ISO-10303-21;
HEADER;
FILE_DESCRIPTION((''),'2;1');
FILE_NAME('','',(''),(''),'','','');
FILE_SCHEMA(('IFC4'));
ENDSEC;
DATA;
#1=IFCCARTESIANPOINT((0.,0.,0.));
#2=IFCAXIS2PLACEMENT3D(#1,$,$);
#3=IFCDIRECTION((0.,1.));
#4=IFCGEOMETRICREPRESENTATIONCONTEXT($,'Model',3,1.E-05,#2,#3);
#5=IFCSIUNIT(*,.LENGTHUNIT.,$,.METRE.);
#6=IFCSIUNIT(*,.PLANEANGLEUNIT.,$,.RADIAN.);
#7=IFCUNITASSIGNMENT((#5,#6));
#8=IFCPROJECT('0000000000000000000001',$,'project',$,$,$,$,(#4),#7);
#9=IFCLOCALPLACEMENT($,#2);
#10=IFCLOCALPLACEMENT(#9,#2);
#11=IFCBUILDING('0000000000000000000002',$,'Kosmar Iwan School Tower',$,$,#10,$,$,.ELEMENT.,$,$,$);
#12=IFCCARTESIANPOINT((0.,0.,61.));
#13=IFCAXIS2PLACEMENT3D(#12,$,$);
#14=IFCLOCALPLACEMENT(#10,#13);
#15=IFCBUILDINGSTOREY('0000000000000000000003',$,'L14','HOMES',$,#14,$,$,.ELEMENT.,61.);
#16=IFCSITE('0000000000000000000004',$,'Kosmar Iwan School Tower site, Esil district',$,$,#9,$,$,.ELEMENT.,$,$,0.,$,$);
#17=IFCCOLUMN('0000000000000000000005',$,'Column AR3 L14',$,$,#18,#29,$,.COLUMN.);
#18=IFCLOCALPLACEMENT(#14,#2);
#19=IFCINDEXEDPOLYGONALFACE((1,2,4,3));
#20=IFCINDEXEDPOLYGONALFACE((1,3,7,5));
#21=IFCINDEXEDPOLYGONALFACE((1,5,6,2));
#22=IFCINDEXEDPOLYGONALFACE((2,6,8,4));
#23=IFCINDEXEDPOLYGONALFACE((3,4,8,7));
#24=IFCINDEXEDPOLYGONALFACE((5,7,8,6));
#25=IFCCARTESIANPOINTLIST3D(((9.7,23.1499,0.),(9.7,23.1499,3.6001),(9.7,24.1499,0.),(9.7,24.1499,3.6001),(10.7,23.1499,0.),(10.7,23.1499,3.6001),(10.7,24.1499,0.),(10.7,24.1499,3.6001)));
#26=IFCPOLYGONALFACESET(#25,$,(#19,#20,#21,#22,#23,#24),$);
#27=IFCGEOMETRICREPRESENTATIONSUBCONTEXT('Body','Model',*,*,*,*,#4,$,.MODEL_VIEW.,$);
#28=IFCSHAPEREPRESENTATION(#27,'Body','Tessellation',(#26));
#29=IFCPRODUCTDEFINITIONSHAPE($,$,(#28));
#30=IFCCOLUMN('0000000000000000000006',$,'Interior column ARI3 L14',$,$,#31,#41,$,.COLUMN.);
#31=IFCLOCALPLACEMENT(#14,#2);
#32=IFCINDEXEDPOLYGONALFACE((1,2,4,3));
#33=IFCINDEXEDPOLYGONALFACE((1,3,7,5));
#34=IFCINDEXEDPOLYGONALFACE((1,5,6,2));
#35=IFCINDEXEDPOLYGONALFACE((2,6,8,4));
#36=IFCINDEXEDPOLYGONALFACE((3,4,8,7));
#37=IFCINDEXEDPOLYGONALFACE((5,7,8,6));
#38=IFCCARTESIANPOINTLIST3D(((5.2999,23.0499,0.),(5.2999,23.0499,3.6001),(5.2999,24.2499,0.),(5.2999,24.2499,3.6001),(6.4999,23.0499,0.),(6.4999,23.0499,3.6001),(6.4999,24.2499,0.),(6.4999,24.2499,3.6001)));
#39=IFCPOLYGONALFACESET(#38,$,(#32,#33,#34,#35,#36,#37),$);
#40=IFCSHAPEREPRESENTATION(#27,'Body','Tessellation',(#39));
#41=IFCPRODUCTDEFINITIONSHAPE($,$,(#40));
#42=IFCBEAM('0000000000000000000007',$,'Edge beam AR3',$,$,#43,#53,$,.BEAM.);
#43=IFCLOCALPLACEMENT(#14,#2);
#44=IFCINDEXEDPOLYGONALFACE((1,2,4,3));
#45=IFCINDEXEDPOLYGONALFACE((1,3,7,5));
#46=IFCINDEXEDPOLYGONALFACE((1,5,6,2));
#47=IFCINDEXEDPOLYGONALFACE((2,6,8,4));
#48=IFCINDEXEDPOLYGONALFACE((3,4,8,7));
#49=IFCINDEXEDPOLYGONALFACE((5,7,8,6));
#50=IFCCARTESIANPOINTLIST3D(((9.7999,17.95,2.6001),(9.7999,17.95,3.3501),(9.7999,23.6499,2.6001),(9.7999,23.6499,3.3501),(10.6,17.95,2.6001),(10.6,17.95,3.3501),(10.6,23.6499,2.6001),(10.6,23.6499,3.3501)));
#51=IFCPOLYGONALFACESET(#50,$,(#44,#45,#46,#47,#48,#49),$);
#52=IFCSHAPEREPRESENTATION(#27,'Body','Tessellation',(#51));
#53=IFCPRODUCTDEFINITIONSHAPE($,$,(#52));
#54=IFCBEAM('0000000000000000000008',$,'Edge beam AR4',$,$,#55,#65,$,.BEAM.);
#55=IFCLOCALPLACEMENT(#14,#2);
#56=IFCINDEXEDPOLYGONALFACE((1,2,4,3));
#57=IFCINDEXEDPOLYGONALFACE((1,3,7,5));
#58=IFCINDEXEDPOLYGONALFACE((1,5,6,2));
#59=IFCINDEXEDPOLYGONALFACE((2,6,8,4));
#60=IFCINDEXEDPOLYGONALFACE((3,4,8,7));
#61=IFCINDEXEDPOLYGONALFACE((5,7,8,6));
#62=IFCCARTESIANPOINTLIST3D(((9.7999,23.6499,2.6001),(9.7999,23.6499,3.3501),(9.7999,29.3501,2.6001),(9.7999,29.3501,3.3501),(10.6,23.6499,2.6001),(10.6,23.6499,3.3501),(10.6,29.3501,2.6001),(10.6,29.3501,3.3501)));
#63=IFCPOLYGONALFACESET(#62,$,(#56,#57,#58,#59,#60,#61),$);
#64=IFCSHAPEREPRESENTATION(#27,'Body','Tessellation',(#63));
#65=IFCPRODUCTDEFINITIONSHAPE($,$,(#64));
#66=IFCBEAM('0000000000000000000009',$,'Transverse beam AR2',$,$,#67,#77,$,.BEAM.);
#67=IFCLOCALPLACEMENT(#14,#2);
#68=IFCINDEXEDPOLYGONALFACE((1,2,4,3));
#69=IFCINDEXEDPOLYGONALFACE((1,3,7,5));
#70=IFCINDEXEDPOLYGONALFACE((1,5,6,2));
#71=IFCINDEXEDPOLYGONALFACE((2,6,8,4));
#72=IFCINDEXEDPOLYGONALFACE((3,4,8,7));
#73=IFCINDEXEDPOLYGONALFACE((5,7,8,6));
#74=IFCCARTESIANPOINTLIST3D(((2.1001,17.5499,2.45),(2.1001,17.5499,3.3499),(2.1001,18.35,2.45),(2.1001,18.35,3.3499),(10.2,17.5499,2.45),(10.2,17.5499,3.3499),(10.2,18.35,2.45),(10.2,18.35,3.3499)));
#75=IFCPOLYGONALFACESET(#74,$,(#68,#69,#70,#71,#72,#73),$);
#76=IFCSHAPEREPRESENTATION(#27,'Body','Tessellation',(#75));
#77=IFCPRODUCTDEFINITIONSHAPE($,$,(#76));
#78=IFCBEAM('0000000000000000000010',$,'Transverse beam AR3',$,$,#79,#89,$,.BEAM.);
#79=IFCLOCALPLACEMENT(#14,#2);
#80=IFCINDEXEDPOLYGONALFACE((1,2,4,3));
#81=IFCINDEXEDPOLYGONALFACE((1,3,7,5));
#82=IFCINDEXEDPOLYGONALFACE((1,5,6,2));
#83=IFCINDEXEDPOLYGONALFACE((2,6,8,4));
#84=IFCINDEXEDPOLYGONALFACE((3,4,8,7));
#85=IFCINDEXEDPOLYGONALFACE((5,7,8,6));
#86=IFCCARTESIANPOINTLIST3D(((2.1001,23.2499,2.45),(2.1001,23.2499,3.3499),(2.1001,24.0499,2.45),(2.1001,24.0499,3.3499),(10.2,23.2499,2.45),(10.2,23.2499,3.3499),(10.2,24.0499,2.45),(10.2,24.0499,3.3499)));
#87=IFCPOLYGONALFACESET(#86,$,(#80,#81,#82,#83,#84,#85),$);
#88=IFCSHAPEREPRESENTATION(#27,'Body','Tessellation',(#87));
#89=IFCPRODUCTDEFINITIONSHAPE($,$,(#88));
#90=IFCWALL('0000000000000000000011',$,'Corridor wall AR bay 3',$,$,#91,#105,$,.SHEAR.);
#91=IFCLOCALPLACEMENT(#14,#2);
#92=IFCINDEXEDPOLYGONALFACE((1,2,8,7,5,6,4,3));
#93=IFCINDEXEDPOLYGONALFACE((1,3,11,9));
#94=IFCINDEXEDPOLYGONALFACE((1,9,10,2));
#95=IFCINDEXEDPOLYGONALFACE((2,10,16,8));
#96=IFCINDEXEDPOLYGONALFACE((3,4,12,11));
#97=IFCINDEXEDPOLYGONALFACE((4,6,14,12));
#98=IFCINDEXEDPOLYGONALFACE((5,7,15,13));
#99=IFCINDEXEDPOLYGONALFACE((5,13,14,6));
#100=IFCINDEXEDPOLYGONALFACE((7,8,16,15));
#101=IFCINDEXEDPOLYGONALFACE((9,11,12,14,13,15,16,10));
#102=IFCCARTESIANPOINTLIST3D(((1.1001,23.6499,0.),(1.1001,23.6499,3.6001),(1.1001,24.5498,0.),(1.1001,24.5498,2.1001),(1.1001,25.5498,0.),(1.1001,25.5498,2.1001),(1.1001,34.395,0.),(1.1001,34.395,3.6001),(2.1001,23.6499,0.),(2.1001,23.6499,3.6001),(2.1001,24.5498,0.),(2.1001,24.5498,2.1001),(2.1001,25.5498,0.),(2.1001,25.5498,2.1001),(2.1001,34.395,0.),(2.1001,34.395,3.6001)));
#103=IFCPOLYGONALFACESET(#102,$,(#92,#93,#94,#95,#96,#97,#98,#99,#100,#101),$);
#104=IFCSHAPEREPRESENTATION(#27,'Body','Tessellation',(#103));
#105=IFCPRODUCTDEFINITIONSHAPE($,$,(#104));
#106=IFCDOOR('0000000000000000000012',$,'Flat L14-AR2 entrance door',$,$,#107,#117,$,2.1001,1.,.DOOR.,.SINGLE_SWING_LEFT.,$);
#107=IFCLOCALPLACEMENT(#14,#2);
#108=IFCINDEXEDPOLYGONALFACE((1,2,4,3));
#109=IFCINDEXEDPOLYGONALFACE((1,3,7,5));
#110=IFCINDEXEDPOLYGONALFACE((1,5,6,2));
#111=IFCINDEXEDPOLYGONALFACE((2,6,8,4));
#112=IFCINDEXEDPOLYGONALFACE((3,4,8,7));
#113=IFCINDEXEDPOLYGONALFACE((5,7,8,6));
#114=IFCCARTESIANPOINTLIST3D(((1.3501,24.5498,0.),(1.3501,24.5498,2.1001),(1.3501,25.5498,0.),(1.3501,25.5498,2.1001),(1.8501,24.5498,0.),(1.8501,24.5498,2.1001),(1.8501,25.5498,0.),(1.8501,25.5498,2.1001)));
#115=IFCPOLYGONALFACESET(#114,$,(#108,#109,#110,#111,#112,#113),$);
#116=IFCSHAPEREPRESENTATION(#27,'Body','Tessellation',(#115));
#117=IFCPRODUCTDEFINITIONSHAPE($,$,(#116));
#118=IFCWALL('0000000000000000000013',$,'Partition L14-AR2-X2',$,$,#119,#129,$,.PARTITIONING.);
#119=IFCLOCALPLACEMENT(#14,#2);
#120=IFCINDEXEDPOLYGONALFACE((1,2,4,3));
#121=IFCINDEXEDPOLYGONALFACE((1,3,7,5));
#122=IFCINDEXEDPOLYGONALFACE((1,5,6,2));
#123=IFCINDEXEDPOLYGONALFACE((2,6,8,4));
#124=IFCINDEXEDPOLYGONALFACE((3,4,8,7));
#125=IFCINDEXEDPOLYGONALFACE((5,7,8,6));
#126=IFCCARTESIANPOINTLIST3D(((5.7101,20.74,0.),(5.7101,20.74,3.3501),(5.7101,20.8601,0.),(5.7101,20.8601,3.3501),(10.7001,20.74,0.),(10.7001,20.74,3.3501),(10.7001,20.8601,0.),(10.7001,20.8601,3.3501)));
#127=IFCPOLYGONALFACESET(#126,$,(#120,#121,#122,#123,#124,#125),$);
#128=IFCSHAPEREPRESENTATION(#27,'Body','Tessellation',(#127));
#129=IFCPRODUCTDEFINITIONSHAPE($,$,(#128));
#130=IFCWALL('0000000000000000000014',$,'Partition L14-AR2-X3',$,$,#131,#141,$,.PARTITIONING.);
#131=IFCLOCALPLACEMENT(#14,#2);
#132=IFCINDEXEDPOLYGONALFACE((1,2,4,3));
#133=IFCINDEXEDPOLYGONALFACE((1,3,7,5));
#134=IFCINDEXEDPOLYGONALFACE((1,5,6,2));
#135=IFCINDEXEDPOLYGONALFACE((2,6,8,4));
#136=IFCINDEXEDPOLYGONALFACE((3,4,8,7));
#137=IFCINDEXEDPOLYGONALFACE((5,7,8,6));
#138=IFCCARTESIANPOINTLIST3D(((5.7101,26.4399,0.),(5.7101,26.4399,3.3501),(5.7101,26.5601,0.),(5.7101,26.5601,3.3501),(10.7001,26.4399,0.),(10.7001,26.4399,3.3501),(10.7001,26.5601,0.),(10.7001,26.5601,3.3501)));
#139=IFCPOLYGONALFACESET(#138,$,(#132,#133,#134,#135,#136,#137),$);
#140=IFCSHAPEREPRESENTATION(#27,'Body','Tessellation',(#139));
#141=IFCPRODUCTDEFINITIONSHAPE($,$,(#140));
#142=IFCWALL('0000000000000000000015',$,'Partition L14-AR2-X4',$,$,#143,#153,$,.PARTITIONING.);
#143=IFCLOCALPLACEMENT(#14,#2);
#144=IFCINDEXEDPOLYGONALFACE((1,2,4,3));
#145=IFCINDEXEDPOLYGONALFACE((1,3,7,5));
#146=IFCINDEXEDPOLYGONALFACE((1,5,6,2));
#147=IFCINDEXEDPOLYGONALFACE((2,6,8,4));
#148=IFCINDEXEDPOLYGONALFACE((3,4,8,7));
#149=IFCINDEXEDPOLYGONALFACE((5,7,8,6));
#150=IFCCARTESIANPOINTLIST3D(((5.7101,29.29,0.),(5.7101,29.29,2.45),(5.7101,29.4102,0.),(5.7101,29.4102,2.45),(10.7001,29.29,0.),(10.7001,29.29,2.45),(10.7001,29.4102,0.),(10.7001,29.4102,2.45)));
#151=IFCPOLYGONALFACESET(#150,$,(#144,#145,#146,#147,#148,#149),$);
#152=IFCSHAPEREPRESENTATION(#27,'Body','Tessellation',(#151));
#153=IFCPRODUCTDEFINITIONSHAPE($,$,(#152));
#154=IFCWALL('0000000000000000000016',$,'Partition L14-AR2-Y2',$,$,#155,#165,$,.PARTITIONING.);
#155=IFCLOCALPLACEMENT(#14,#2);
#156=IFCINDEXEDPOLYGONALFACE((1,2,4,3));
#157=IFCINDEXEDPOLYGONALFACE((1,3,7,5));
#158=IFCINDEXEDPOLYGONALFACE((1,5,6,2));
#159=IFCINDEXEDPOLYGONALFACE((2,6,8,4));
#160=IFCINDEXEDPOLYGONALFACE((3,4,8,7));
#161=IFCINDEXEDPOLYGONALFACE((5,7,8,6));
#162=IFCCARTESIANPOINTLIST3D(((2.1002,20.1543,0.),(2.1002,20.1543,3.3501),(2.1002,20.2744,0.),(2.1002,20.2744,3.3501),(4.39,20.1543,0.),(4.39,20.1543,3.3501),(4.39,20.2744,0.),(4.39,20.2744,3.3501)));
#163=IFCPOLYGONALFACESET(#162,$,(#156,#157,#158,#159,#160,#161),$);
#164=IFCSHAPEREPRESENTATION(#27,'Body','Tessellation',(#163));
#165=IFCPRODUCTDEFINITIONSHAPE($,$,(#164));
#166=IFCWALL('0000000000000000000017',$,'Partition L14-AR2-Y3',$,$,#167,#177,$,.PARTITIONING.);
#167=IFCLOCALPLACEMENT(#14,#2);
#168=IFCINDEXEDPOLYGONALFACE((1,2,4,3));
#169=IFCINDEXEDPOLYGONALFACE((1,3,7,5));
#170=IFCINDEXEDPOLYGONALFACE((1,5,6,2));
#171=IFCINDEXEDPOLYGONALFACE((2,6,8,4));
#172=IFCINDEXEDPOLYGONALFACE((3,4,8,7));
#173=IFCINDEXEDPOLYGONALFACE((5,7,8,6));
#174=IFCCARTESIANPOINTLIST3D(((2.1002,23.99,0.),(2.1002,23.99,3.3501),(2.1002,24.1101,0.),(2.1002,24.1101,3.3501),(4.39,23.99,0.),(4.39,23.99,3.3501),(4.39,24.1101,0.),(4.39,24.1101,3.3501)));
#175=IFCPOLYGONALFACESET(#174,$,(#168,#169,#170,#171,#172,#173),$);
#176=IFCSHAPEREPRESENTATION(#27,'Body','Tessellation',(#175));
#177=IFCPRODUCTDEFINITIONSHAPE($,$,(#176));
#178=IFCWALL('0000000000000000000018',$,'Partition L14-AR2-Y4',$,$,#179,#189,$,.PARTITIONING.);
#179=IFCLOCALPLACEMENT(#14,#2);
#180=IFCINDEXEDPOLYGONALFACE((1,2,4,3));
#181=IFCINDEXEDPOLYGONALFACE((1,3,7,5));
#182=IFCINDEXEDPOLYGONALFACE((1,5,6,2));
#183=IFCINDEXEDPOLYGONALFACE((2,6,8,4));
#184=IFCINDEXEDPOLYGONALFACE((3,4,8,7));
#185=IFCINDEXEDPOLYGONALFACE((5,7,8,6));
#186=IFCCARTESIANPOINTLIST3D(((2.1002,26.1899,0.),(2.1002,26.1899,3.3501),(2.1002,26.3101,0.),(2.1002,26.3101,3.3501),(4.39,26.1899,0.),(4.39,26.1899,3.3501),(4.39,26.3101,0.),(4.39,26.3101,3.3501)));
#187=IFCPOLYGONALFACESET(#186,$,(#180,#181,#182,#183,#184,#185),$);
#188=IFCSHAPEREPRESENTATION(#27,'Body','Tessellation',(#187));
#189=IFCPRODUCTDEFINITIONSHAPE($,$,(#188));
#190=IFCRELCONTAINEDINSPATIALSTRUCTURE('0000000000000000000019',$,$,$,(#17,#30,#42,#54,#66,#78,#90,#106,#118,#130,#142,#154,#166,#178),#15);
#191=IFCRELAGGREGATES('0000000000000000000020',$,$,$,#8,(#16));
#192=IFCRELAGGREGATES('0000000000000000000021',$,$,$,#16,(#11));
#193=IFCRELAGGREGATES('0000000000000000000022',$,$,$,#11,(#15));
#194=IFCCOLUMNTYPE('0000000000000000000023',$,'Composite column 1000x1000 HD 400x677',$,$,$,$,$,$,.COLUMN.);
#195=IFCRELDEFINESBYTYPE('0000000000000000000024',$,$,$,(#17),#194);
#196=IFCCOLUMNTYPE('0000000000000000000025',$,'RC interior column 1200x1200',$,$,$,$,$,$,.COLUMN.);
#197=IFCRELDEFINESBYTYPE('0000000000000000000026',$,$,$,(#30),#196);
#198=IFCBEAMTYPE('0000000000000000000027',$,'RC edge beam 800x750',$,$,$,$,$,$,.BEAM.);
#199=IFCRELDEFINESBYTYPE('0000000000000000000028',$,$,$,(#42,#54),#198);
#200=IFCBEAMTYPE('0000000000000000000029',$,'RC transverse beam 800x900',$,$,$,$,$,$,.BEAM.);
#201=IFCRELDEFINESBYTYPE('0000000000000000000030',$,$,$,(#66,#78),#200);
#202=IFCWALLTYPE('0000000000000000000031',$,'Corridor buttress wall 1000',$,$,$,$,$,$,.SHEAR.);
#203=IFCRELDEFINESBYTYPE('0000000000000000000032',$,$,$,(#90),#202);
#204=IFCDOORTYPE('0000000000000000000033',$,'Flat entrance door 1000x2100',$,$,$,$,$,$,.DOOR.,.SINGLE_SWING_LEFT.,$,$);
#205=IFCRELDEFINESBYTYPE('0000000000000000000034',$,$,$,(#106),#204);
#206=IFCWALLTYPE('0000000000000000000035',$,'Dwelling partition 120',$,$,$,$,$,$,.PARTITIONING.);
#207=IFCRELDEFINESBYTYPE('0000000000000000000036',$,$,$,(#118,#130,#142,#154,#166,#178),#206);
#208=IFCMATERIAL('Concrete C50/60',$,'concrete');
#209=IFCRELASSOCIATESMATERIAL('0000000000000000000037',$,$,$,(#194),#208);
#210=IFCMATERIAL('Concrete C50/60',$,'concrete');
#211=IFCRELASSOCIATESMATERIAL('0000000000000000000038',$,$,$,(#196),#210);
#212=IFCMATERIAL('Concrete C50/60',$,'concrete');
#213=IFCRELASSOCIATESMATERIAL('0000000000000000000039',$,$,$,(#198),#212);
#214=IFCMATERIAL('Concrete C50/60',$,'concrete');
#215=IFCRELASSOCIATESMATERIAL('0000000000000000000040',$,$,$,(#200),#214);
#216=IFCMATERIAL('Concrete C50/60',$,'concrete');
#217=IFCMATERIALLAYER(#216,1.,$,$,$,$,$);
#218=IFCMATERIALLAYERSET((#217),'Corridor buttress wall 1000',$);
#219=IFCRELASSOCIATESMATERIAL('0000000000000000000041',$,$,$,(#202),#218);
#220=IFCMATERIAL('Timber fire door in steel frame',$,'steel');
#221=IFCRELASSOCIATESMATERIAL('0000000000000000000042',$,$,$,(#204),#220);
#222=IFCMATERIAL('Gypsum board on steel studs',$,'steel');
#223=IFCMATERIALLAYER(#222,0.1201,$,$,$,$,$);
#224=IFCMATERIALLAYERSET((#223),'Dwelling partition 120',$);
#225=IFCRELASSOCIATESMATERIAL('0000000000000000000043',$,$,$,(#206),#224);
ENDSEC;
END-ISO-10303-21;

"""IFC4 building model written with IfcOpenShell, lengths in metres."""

from ifc_helpers import new_model, si_unit, direction, frame, frame_2d, origin, origin_2d, place, context, subcontext, project, spatial, rectangle, extrude, material, layer, layer_set, material_profile, profile_set, type_object, element, fill, save


model = new_model("IFC4")

# Units and contexts
model_context = context("Model", 3, precision=1e-05, world=origin(), true_north=direction((0.0, 1.0)))
body_context = subcontext(model_context, "Body", "Model", "MODEL_VIEW")
ifc_project = project(units=[si_unit("LENGTHUNIT", "METRE"), si_unit("PLANEANGLEUNIT", "RADIAN")], contexts=[model_context])

# Site, building, storey
site_placement = place(None, origin())
site = spatial("IfcSite", under=ifc_project, at=site_placement, Name="Kosmar Iwan School Tower site, Esil district", CompositionType="ELEMENT", RefElevation=0.0)
building_placement = place(site_placement, origin())
building = spatial("IfcBuilding", under=site, at=building_placement, Name="Kosmar Iwan School Tower", CompositionType="ELEMENT")
storey_placement = place(building_placement, frame((0.0, 0.0, 61.0)))
storey = spatial("IfcBuildingStorey", under=building, at=storey_placement, Name="L14", Description="HOMES", CompositionType="ELEMENT", Elevation=61.0)

# Columns
ifc_material_1 = material(Name="Concrete C50/60", Category="concrete")
ifc_material_profile_1 = material_profile(ifc_material_1, rectangle(XDim=1.0, YDim=1.0, at=origin_2d()), Name="RC 1000x1000 + HD 400x677")
ifc_profile_set_1 = profile_set([ifc_material_profile_1], Name="Concrete C50/60")
column_type_1 = type_object("IfcColumnType", Name="Composite column 1000x1000 HD 400x677", PredefinedType="COLUMN", material=ifc_profile_set_1)
column_1_placement = place(storey_placement, frame((10.2, 23.6499, 0.0), z_axis=(0.0, 0.0, 1.0), x_axis=(0.0, 1.0, 0.0)))
element("IfcColumn", 1, at=column_1_placement, inside=storey, type_object=column_type_1, Name="Column AR3 L14", PredefinedType="COLUMN", context=body_context, shape_type="SweptSolid", body=[
    extrude(rectangle(XDim=1.0, YDim=1.0, at=origin_2d()), origin(), (0.0, 0.0, 1.0), 3.6001),
])
ifc_material_2 = material(Name="Concrete C50/60", Category="concrete")
ifc_material_profile_2 = material_profile(ifc_material_2, rectangle(XDim=1.2, YDim=1.2, at=origin_2d()), Name="RC 1200x1200")
ifc_profile_set_2 = profile_set([ifc_material_profile_2], Name="Concrete C50/60")
column_type_2 = type_object("IfcColumnType", Name="RC interior column 1200x1200", PredefinedType="COLUMN", material=ifc_profile_set_2)
column_2_placement = place(storey_placement, frame((5.8999, 23.6499, 0.0), z_axis=(0.0, 0.0, 1.0), x_axis=(0.0, 1.0, 0.0)))
element("IfcColumn", 2, at=column_2_placement, inside=storey, type_object=column_type_2, Name="Interior column ARI3 L14", PredefinedType="COLUMN", context=body_context, shape_type="SweptSolid", body=[
    extrude(rectangle(XDim=1.2, YDim=1.2, at=origin_2d()), origin(), (0.0, 0.0, 1.0), 3.6001),
])

# Beams
ifc_material_3 = material(Name="Concrete C50/60", Category="concrete")
ifc_material_profile_3 = material_profile(ifc_material_3, rectangle(XDim=0.8, YDim=0.75, at=origin_2d()), Name="RC 800x750")
ifc_profile_set_3 = profile_set([ifc_material_profile_3], Name="Concrete C50/60")
beam_type_1 = type_object("IfcBeamType", Name="RC edge beam 800x750", PredefinedType="BEAM", material=ifc_profile_set_3)
beam_1_placement = place(storey_placement, frame((10.2, 17.95, 2.9751), z_axis=(0.0, 1.0, 0.0), x_axis=(-1.0, 0.0, 0.0)))
element("IfcBeam", 3, at=beam_1_placement, inside=storey, type_object=beam_type_1, Name="Edge beam AR3", PredefinedType="BEAM", context=body_context, shape_type="SweptSolid", body=[
    extrude(rectangle(XDim=0.8, YDim=0.75, at=origin_2d()), origin(), (0.0, 0.0, 1.0), 5.7),
])
beam_2_placement = place(storey_placement, frame((10.2, 23.6499, 2.9751), z_axis=(0.0, 1.0, 0.0), x_axis=(-1.0, 0.0, 0.0)))
element("IfcBeam", 4, at=beam_2_placement, inside=storey, type_object=beam_type_1, Name="Edge beam AR4", PredefinedType="BEAM", context=body_context, shape_type="SweptSolid", body=[
    extrude(rectangle(XDim=0.8, YDim=0.75, at=origin_2d()), origin(), (0.0, 0.0, 1.0), 5.7002),
])
ifc_material_4 = material(Name="Concrete C50/60", Category="concrete")
ifc_material_profile_4 = material_profile(ifc_material_4, rectangle(XDim=0.8, YDim=0.8999, at=origin_2d()), Name="RC 800x900")
ifc_profile_set_4 = profile_set([ifc_material_profile_4], Name="Concrete C50/60")
beam_type_2 = type_object("IfcBeamType", Name="RC transverse beam 800x900", PredefinedType="BEAM", material=ifc_profile_set_4)
for number, where, z_axis, x_axis, name in (
    (5, (10.2, 17.95, 2.8999), (-1.0, 0.0, 0.0), (0.0, -1.0, 0.0), "Transverse beam AR2"),
    (6, (10.2, 23.6499, 2.8999), (-1.0, 0.0, 0.0), (0.0, -1.0, 0.0), "Transverse beam AR3"),
):
    element("IfcBeam", number, at=place(storey_placement, frame(where, z_axis=z_axis, x_axis=x_axis)), inside=storey, type_object=beam_type_2, Name=name, PredefinedType="BEAM", context=body_context, shape_type="SweptSolid", body=[
        extrude(rectangle(XDim=0.8, YDim=0.8999, at=origin_2d()), origin(), (0.0, 0.0, 1.0), 8.0999),
    ])

# Wall, opening, door
ifc_material_5 = material(Name="Concrete C50/60", Category="concrete")
ifc_layer_1 = layer(ifc_material_5, 1.0)
ifc_layer_set_1 = layer_set([ifc_layer_1], Name="Corridor buttress wall 1000")
wall_type_1 = type_object("IfcWallType", Name="Corridor buttress wall 1000", PredefinedType="SHEAR", material=ifc_layer_set_1)
wall_1_placement = place(storey_placement, frame((1.6001, 23.6499, 0.0), z_axis=(0.0, 0.0, 1.0), x_axis=(0.0, 1.0, 0.0)))
wall_1 = element("IfcWall", 7, at=wall_1_placement, inside=storey, type_object=wall_type_1, Name="Corridor wall AR bay 3", PredefinedType="SHEAR", context=body_context, shape_type="SweptSolid", body=[
    extrude(rectangle(XDim=10.7451, YDim=1.0, at=frame_2d((5.3726, 0.0))), origin(), (0.0, 0.0, 1.0), 3.6001),
])
opening_placement = place(wall_1_placement, frame((0.8999, 0.0, 0.0)))
opening = element("IfcOpeningElement", 8, at=opening_placement, cuts=wall_1, PredefinedType="OPENING", context=body_context, shape_type="SweptSolid", body=[
    extrude(rectangle(XDim=1.0, YDim=2.1001, at=frame_2d((0.5, 1.05))), frame((0.0, 0.512, 0.0), z_axis=(0.0, -1.0, 0.0), x_axis=(1.0, 0.0, 0.0)), (0.0, 0.0, 1.0), 1.0239),
])
ifc_material_6 = material(Name="Timber fire door in steel frame", Category="steel")
door_type = type_object("IfcDoorType", Name="Flat entrance door 1000x2100", OperationType="SINGLE_SWING_LEFT", PredefinedType="DOOR", material=ifc_material_6)
door_placement = place(opening_placement, origin())
door = element("IfcDoor", 9, at=door_placement, inside=storey, type_object=door_type, Name="Flat L14-AR2 entrance door", OperationType="SINGLE_SWING_LEFT", OverallHeight=2.1001, OverallWidth=1.0, PredefinedType="DOOR", context=body_context, shape_type="SweptSolid", body=[
    extrude(rectangle(XDim=1.0, YDim=2.1001, at=frame_2d((0.5, 1.05))), frame((0.0, 0.25, 0.0), z_axis=(0.0, -1.0, 0.0), x_axis=(1.0, 0.0, 0.0)), (0.0, 0.0, 1.0), 0.5),
])
fill(opening, door)

# Walls
ifc_material_7 = material(Name="Gypsum board on steel studs", Category="steel")
ifc_layer_2 = layer(ifc_material_7, 0.1201)
ifc_layer_set_2 = layer_set([ifc_layer_2], Name="Dwelling partition 120")
wall_type_2 = type_object("IfcWallType", Name="Dwelling partition 120", PredefinedType="PARTITIONING", material=ifc_layer_set_2)
for number, where, z_axis, x_axis, name in (
    (10, (5.71, 20.8, 0.0), (0.0, 0.0, 1.0), (1.0, 0.0, 0.0), "Partition L14-AR2-X2"),
    (11, (5.71, 26.5, 0.0), (0.0, 0.0, 1.0), (1.0, 0.0, 0.0), "Partition L14-AR2-X3"),
):
    element("IfcWall", number, at=place(storey_placement, frame(where, z_axis=z_axis, x_axis=x_axis)), inside=storey, type_object=wall_type_2, Name=name, PredefinedType="PARTITIONING", context=body_context, shape_type="SweptSolid", body=[
        extrude(rectangle(XDim=4.99, YDim=0.1201, at=frame_2d((2.4951, 0.0))), origin(), (0.0, 0.0, 1.0), 3.3501),
    ])
wall_2_placement = place(storey_placement, frame((5.71, 29.3501, 0.0), z_axis=(0.0, 0.0, 1.0), x_axis=(1.0, 0.0, 0.0)))
element("IfcWall", 12, at=wall_2_placement, inside=storey, type_object=wall_type_2, Name="Partition L14-AR2-X4", PredefinedType="PARTITIONING", context=body_context, shape_type="SweptSolid", body=[
    extrude(rectangle(XDim=4.99, YDim=0.1201, at=frame_2d((2.4951, 0.0))), origin(), (0.0, 0.0, 1.0), 2.45),
])
for number, where, z_axis, x_axis, name in (
    (13, (2.1001, 20.2144, 0.0), (0.0, 0.0, 1.0), (1.0, 0.0, 0.0), "Partition L14-AR2-Y2"),
    (14, (2.1001, 24.05, 0.0), (0.0, 0.0, 1.0), (1.0, 0.0, 0.0), "Partition L14-AR2-Y3"),
    (15, (2.1001, 26.25, 0.0), (0.0, 0.0, 1.0), (1.0, 0.0, 0.0), "Partition L14-AR2-Y4"),
):
    element("IfcWall", number, at=place(storey_placement, frame(where, z_axis=z_axis, x_axis=x_axis)), inside=storey, type_object=wall_type_2, Name=name, PredefinedType="PARTITIONING", context=body_context, shape_type="SweptSolid", body=[
        extrude(rectangle(XDim=2.2898, YDim=0.1201, at=frame_2d((1.145, 0.0))), origin(), (0.0, 0.0, 1.0), 3.3501),
    ])

save(model, "model.ifc")
